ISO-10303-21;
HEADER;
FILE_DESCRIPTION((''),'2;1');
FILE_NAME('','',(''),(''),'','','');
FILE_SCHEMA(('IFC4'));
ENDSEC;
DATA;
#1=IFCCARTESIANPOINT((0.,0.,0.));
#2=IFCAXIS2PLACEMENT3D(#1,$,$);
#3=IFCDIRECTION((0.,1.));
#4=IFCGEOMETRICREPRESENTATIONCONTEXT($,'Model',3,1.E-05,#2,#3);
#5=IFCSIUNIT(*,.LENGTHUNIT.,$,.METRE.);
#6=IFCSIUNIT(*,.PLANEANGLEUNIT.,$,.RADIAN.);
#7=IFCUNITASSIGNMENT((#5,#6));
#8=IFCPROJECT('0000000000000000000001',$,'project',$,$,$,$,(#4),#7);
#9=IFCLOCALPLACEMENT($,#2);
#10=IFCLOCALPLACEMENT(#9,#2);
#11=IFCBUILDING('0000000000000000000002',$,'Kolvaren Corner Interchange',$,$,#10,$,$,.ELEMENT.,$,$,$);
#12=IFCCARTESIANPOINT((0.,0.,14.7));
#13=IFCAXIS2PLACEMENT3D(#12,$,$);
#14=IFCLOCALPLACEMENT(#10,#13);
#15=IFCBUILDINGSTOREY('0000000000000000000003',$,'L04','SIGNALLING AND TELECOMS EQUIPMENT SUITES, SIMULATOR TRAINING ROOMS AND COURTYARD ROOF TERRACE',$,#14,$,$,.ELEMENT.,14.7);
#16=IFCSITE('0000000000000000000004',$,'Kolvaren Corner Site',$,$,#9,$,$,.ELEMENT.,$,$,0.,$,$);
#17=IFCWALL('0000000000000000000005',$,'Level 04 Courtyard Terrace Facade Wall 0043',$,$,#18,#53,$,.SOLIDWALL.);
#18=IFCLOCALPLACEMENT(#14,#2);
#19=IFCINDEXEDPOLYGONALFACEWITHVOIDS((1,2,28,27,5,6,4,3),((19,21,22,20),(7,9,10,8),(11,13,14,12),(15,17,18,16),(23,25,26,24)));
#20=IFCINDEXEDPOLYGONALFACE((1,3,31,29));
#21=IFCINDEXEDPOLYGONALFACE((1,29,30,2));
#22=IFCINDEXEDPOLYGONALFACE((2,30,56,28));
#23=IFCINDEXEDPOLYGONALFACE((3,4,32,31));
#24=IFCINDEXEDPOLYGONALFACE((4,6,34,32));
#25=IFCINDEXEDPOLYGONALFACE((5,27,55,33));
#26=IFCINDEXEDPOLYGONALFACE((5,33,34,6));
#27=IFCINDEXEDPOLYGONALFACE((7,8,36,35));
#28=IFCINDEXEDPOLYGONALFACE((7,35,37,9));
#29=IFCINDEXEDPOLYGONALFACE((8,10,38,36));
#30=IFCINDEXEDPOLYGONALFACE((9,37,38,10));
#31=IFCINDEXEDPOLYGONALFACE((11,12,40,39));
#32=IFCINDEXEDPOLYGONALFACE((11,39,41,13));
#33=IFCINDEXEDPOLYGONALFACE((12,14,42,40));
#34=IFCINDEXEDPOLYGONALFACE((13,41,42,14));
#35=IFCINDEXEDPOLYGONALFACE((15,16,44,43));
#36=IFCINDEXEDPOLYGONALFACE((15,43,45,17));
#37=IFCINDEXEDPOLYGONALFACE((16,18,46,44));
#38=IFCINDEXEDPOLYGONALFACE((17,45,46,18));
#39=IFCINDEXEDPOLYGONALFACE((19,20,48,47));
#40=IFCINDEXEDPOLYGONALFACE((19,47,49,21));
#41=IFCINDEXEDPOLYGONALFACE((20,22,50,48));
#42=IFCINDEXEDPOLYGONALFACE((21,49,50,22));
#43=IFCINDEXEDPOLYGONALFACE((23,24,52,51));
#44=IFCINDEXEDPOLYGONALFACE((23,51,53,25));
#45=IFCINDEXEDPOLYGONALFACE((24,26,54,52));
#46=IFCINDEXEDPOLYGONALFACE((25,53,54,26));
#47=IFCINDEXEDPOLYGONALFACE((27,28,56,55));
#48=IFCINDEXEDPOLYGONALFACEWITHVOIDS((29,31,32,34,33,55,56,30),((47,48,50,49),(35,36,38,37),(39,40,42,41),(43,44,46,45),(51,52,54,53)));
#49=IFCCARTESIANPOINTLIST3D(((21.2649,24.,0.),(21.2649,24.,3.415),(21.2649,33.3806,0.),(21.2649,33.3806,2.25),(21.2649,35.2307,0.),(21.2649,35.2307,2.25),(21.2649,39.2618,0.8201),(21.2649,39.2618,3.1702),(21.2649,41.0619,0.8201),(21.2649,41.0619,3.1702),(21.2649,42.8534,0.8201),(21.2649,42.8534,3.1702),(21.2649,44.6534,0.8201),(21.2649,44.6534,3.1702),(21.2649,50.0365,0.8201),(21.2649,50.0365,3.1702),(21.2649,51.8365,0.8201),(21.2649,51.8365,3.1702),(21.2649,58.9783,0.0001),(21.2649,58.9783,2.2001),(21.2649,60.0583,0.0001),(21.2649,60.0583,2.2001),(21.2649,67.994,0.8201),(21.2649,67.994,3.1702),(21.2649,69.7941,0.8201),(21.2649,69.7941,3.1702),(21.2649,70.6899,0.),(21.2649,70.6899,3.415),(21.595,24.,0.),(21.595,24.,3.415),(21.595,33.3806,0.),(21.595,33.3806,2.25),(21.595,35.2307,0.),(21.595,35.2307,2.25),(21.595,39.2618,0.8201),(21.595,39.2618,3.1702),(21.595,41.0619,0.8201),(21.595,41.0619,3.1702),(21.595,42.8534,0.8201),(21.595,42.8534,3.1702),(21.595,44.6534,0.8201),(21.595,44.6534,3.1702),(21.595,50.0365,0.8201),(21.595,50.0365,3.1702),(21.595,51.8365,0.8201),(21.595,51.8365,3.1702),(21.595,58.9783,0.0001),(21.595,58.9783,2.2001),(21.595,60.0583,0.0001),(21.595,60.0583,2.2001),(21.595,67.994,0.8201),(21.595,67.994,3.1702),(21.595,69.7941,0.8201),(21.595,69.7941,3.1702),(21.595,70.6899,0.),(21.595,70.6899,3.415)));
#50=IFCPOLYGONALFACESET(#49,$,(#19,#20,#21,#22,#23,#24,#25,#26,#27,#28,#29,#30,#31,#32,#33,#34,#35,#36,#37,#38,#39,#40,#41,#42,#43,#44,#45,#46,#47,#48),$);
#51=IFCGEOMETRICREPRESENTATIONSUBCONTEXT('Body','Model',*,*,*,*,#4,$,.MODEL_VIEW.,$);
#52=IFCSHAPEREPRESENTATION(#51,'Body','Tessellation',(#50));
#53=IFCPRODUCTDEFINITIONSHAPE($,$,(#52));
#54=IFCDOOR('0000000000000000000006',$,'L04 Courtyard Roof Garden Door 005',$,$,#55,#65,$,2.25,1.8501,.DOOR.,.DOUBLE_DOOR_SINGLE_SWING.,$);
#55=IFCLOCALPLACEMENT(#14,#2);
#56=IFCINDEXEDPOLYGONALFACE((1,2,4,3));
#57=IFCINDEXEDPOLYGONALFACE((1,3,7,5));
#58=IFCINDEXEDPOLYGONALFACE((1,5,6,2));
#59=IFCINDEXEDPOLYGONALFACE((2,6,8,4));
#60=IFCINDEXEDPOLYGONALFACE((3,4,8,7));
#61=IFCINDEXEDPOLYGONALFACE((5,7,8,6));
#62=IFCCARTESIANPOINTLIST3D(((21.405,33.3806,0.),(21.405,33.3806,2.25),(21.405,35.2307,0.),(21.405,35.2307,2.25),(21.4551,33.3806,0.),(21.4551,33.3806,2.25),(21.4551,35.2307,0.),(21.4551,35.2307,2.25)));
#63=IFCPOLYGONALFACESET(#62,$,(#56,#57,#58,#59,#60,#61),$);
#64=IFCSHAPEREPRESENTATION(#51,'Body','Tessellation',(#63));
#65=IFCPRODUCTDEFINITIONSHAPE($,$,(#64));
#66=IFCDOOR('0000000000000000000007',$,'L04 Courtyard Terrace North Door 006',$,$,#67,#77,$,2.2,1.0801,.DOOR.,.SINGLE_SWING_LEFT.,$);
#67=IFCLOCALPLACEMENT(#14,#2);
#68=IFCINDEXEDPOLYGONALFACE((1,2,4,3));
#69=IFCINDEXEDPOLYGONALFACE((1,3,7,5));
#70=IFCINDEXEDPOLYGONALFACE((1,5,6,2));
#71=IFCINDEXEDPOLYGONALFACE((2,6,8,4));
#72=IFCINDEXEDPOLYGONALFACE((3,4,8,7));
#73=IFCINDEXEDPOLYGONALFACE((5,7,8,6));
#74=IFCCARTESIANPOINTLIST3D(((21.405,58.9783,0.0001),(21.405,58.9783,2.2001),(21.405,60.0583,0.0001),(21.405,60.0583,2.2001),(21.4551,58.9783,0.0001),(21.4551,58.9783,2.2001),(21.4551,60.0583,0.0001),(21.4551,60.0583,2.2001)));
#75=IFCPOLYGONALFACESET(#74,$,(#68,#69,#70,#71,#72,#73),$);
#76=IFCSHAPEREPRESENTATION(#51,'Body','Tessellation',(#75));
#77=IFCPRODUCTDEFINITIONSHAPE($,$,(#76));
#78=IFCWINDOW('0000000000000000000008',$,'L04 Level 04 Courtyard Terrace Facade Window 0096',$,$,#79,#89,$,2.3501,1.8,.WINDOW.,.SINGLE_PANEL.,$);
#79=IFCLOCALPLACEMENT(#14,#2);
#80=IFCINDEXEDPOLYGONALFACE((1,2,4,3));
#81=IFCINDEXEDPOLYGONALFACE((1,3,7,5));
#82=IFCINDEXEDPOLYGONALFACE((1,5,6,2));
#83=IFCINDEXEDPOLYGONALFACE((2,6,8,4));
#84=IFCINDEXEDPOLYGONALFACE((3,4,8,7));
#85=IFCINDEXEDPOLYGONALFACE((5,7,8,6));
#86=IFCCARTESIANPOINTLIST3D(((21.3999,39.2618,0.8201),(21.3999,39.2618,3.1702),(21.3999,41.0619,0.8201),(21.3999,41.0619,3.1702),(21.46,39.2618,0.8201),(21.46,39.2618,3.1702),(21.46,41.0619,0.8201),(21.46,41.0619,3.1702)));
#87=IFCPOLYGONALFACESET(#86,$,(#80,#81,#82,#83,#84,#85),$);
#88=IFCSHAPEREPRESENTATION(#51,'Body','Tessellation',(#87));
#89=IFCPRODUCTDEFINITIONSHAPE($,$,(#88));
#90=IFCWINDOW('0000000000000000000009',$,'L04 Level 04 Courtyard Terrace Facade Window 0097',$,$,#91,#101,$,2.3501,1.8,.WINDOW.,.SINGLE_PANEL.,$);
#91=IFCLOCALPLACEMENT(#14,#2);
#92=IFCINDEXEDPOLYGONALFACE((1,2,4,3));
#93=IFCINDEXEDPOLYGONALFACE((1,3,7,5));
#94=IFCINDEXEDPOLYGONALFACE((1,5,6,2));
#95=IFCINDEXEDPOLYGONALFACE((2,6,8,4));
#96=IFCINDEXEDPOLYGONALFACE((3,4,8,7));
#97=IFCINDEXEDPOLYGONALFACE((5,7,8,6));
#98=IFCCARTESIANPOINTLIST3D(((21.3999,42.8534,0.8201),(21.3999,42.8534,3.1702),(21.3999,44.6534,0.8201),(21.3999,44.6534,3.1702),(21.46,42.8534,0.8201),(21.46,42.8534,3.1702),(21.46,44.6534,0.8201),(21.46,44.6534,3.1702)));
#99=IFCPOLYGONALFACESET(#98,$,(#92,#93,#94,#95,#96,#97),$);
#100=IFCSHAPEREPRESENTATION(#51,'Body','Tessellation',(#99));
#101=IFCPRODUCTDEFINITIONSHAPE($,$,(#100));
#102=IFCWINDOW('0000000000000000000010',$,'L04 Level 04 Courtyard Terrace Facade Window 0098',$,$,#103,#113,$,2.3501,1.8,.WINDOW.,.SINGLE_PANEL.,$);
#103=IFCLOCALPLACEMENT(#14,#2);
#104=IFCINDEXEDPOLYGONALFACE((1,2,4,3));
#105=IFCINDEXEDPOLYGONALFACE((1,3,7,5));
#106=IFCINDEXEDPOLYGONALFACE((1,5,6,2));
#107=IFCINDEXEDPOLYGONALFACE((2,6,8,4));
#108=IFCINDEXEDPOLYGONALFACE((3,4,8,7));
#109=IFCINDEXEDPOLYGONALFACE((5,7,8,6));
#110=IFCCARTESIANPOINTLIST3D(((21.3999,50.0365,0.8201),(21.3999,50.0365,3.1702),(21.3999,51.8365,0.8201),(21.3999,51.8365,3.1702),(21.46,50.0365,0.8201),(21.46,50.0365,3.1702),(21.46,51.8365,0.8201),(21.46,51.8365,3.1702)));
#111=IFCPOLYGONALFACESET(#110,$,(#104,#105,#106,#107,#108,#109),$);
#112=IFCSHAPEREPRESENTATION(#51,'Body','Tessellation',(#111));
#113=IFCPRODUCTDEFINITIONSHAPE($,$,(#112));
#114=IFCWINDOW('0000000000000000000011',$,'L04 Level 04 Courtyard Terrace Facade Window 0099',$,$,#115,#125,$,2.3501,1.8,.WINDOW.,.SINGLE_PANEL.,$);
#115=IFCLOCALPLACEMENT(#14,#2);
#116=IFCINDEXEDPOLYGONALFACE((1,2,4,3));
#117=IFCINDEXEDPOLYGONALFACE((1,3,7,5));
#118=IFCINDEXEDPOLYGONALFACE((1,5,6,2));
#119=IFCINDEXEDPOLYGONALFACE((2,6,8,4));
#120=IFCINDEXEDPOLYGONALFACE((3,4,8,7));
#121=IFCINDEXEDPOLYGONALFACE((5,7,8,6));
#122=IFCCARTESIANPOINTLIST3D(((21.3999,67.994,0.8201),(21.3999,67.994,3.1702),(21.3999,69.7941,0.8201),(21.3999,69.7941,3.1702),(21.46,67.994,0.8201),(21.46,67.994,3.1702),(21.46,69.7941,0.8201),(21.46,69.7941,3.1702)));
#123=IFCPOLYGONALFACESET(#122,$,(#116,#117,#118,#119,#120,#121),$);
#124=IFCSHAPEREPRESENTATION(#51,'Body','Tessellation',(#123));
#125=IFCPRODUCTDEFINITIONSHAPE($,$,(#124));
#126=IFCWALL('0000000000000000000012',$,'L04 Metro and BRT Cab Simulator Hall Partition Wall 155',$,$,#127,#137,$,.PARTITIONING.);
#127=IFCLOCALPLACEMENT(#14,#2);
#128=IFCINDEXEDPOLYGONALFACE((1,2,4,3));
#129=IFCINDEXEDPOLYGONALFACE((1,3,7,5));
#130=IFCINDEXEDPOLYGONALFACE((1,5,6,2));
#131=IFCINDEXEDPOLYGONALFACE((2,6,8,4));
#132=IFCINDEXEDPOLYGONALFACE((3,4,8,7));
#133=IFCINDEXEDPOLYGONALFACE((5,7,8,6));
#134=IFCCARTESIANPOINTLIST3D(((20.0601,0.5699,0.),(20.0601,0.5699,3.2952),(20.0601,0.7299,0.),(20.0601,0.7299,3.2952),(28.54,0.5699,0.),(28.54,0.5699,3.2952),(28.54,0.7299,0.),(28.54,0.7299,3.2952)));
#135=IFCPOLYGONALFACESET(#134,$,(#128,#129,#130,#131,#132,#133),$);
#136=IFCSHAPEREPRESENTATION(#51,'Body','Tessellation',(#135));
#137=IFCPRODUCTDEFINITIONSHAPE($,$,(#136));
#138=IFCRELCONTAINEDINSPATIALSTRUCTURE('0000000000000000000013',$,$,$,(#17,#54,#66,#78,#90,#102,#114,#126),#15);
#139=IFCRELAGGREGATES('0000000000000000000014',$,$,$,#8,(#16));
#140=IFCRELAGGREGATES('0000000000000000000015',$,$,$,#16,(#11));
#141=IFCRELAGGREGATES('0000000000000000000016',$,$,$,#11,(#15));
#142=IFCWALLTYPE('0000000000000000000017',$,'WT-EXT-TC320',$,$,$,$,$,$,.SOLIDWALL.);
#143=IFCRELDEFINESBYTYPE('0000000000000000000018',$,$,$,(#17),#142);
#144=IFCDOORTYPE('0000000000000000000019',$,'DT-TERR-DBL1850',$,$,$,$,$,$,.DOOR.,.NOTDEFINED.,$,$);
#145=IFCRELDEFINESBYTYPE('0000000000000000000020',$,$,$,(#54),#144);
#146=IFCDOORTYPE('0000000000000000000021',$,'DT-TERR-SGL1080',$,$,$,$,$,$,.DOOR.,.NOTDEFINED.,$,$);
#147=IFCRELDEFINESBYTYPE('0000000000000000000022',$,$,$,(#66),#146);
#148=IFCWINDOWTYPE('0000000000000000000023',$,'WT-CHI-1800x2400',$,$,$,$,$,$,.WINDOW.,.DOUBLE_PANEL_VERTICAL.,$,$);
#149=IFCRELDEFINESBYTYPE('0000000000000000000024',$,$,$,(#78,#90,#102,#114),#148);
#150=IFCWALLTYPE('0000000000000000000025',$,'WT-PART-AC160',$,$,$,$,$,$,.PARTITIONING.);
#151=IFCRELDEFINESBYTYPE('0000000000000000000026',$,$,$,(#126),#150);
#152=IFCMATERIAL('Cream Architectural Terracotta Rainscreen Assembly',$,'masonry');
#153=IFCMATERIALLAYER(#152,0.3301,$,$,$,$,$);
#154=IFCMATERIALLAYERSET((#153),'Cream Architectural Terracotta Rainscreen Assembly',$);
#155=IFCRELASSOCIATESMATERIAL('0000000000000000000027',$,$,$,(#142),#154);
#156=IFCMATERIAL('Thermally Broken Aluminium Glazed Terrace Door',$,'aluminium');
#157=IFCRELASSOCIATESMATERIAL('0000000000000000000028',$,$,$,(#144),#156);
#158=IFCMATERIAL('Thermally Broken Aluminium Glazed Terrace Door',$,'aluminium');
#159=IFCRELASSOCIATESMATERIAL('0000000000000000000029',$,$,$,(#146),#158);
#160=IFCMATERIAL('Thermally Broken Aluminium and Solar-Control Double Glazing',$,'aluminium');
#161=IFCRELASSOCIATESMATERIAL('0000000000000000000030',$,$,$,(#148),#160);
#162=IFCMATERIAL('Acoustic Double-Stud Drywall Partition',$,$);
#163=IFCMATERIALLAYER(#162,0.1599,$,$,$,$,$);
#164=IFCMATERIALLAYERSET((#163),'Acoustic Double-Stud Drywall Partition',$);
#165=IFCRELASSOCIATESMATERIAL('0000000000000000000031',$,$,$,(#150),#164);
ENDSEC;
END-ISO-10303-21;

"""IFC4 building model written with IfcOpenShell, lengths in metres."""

from ifc_helpers import new_model, si_unit, direction, frame, frame_2d, origin, place, context, subcontext, project, spatial, rectangle, extrude, material, layer, layer_set, type_object, element, fill, save


model = new_model("IFC4")

# Units and contexts
model_context = context("Model", 3, precision=1e-05, world=origin(), true_north=direction((0.0, 1.0)))
body_context = subcontext(model_context, "Body", "Model", "MODEL_VIEW")
ifc_project = project(units=[si_unit("LENGTHUNIT", "METRE"), si_unit("PLANEANGLEUNIT", "RADIAN")], contexts=[model_context])

# Site, building, storey
site_placement = place(None, origin())
site = spatial("IfcSite", under=ifc_project, at=site_placement, Name="Kolvaren Corner Site", CompositionType="ELEMENT", RefElevation=0.0)
building_placement = place(site_placement, origin())
building = spatial("IfcBuilding", under=site, at=building_placement, Name="Kolvaren Corner Interchange", CompositionType="ELEMENT")
storey_placement = place(building_placement, frame((0.0, 0.0, 14.7)))
storey = spatial("IfcBuildingStorey", under=building, at=storey_placement, Name="L04", Description="SIGNALLING AND TELECOMS EQUIPMENT SUITES, SIMULATOR TRAINING ROOMS AND COURTYARD ROOF TERRACE", CompositionType="ELEMENT", Elevation=14.7)

# Wall, openings, doors, windows
ifc_material_1 = material(Name="Cream Architectural Terracotta Rainscreen Assembly", Category="masonry")
ifc_layer_1 = layer(ifc_material_1, 0.3301)
ifc_layer_set_1 = layer_set([ifc_layer_1], Name="Cream Architectural Terracotta Rainscreen Assembly")
wall_type_1 = type_object("IfcWallType", Name="WT-EXT-TC320", PredefinedType="SOLIDWALL", material=ifc_layer_set_1)
wall_1_placement = place(storey_placement, frame((21.4299, 24.0, 0.0), z_axis=(0.0, 0.0, 1.0), x_axis=(0.0, 1.0, 0.0)))
wall_1 = element("IfcWall", 1, at=wall_1_placement, inside=storey, type_object=wall_type_1, Name="Level 04 Courtyard Terrace Facade Wall 0043", PredefinedType="SOLIDWALL", context=body_context, shape_type="SweptSolid", body=[
    extrude(rectangle(XDim=46.6899, YDim=0.3301, at=frame_2d((23.345, 0.0))), origin(), (0.0, 0.0, 1.0), 3.415),
])
opening_1_placement = place(wall_1_placement, frame((9.3806, 0.0, 0.0)))
opening_1 = element("IfcOpeningElement", 2, at=opening_1_placement, cuts=wall_1, PredefinedType="OPENING", context=body_context, shape_type="SweptSolid", body=[
    extrude(rectangle(XDim=1.8501, YDim=2.25, at=frame_2d((0.925, 1.125))), frame((0.0, 0.175, 0.0), z_axis=(0.0, -1.0, 0.0), x_axis=(1.0, 0.0, 0.0)), (0.0, 0.0, 1.0), 0.3501),
])
opening_2_placement = place(wall_1_placement, frame((34.9783, 0.0, 0.0)))
opening_2 = element("IfcOpeningElement", 3, at=opening_2_placement, cuts=wall_1, PredefinedType="OPENING", context=body_context, shape_type="SweptSolid", body=[
    extrude(rectangle(XDim=1.0801, YDim=2.2, at=frame_2d((0.54, 1.1001))), frame((0.0, 0.175, 0.0), z_axis=(0.0, -1.0, 0.0), x_axis=(1.0, 0.0, 0.0)), (0.0, 0.0, 1.0), 0.3501),
])
opening_3_placement = place(wall_1_placement, frame((15.262, 0.0, 0.8201)))
opening_3 = element("IfcOpeningElement", 4, at=opening_3_placement, cuts=wall_1, PredefinedType="OPENING", context=body_context, shape_type="SweptSolid", body=[
    extrude(rectangle(XDim=1.8, YDim=2.3501, at=frame_2d((0.8999, 1.175))), frame((0.0, 0.175, 0.0), z_axis=(0.0, -1.0, 0.0), x_axis=(1.0, 0.0, 0.0)), (0.0, 0.0, 1.0), 0.3501),
])
opening_4_placement = place(wall_1_placement, frame((18.8535, 0.0, 0.8201)))
opening_4 = element("IfcOpeningElement", 5, at=opening_4_placement, cuts=wall_1, PredefinedType="OPENING", context=body_context, shape_type="SweptSolid", body=[
    extrude(rectangle(XDim=1.8, YDim=2.3501, at=frame_2d((0.8999, 1.175))), frame((0.0, 0.175, 0.0), z_axis=(0.0, -1.0, 0.0), x_axis=(1.0, 0.0, 0.0)), (0.0, 0.0, 1.0), 0.3501),
])
opening_5_placement = place(wall_1_placement, frame((26.0366, 0.0, 0.8201)))
opening_5 = element("IfcOpeningElement", 6, at=opening_5_placement, cuts=wall_1, PredefinedType="OPENING", context=body_context, shape_type="SweptSolid", body=[
    extrude(rectangle(XDim=1.8, YDim=2.3501, at=frame_2d((0.8999, 1.175))), frame((0.0, 0.175, 0.0), z_axis=(0.0, -1.0, 0.0), x_axis=(1.0, 0.0, 0.0)), (0.0, 0.0, 1.0), 0.3501),
])
opening_6_placement = place(wall_1_placement, frame((43.9941, 0.0, 0.8201)))
opening_6 = element("IfcOpeningElement", 7, at=opening_6_placement, cuts=wall_1, PredefinedType="OPENING", context=body_context, shape_type="SweptSolid", body=[
    extrude(rectangle(XDim=1.8, YDim=2.3501, at=frame_2d((0.8999, 1.175))), frame((0.0, 0.175, 0.0), z_axis=(0.0, -1.0, 0.0), x_axis=(1.0, 0.0, 0.0)), (0.0, 0.0, 1.0), 0.3501),
])
ifc_material_2 = material(Name="Thermally Broken Aluminium Glazed Terrace Door", Category="aluminium")
door_type_1 = type_object("IfcDoorType", Name="DT-TERR-DBL1850", OperationType="NOTDEFINED", PredefinedType="DOOR", material=ifc_material_2)
door_1_placement = place(opening_1_placement, origin())
door_1 = element("IfcDoor", 8, at=door_1_placement, inside=storey, type_object=door_type_1, Name="L04 Courtyard Roof Garden Door 005", OperationType="DOUBLE_DOOR_SINGLE_SWING", OverallHeight=2.25, OverallWidth=1.8501, PredefinedType="DOOR", context=body_context, shape_type="SweptSolid", body=[
    extrude(rectangle(XDim=1.8501, YDim=2.25, at=frame_2d((0.925, 1.125))), frame((0.0, 0.0249, 0.0), z_axis=(0.0, -1.0, 0.0), x_axis=(1.0, 0.0, 0.0)), (0.0, 0.0, 1.0), 0.05),
])
fill(opening_1, door_1)
ifc_material_3 = material(Name="Thermally Broken Aluminium Glazed Terrace Door", Category="aluminium")
door_type_2 = type_object("IfcDoorType", Name="DT-TERR-SGL1080", OperationType="NOTDEFINED", PredefinedType="DOOR", material=ifc_material_3)
door_2_placement = place(opening_2_placement, origin())
door_2 = element("IfcDoor", 9, at=door_2_placement, inside=storey, type_object=door_type_2, Name="L04 Courtyard Terrace North Door 006", OperationType="SINGLE_SWING_LEFT", OverallHeight=2.2, OverallWidth=1.0801, PredefinedType="DOOR", context=body_context, shape_type="SweptSolid", body=[
    extrude(rectangle(XDim=1.0801, YDim=2.2, at=frame_2d((0.54, 1.1001))), frame((0.0, 0.0249, 0.0), z_axis=(0.0, -1.0, 0.0), x_axis=(1.0, 0.0, 0.0)), (0.0, 0.0, 1.0), 0.05),
])
fill(opening_2, door_2)
ifc_material_4 = material(Name="Thermally Broken Aluminium and Solar-Control Double Glazing", Category="aluminium")
window_type = type_object("IfcWindowType", Name="WT-CHI-1800x2400", PartitioningType="DOUBLE_PANEL_VERTICAL", PredefinedType="WINDOW", material=ifc_material_4)
window_1_placement = place(opening_3_placement, origin())
window_1 = element("IfcWindow", 10, at=window_1_placement, inside=storey, type_object=window_type, Name="L04 Level 04 Courtyard Terrace Facade Window 0096", OverallHeight=2.3501, OverallWidth=1.8, PartitioningType="SINGLE_PANEL", PredefinedType="WINDOW", context=body_context, shape_type="SweptSolid", body=[
    extrude(rectangle(XDim=1.8, YDim=2.3501, at=frame_2d((0.8999, 1.175))), frame((0.0, 0.03, 0.0), z_axis=(0.0, -1.0, 0.0), x_axis=(1.0, 0.0, 0.0)), (0.0, 0.0, 1.0), 0.0601),
])
fill(opening_3, window_1)
window_2_placement = place(opening_4_placement, origin())
window_2 = element("IfcWindow", 11, at=window_2_placement, inside=storey, type_object=window_type, Name="L04 Level 04 Courtyard Terrace Facade Window 0097", OverallHeight=2.3501, OverallWidth=1.8, PartitioningType="SINGLE_PANEL", PredefinedType="WINDOW", context=body_context, shape_type="SweptSolid", body=[
    extrude(rectangle(XDim=1.8, YDim=2.3501, at=frame_2d((0.8999, 1.175))), frame((0.0, 0.03, 0.0), z_axis=(0.0, -1.0, 0.0), x_axis=(1.0, 0.0, 0.0)), (0.0, 0.0, 1.0), 0.0601),
])
fill(opening_4, window_2)
window_3_placement = place(opening_5_placement, origin())
window_3 = element("IfcWindow", 12, at=window_3_placement, inside=storey, type_object=window_type, Name="L04 Level 04 Courtyard Terrace Facade Window 0098", OverallHeight=2.3501, OverallWidth=1.8, PartitioningType="SINGLE_PANEL", PredefinedType="WINDOW", context=body_context, shape_type="SweptSolid", body=[
    extrude(rectangle(XDim=1.8, YDim=2.3501, at=frame_2d((0.8999, 1.175))), frame((0.0, 0.03, 0.0), z_axis=(0.0, -1.0, 0.0), x_axis=(1.0, 0.0, 0.0)), (0.0, 0.0, 1.0), 0.0601),
])
fill(opening_5, window_3)
window_4_placement = place(opening_6_placement, origin())
window_4 = element("IfcWindow", 13, at=window_4_placement, inside=storey, type_object=window_type, Name="L04 Level 04 Courtyard Terrace Facade Window 0099", OverallHeight=2.3501, OverallWidth=1.8, PartitioningType="SINGLE_PANEL", PredefinedType="WINDOW", context=body_context, shape_type="SweptSolid", body=[
    extrude(rectangle(XDim=1.8, YDim=2.3501, at=frame_2d((0.8999, 1.175))), frame((0.0, 0.03, 0.0), z_axis=(0.0, -1.0, 0.0), x_axis=(1.0, 0.0, 0.0)), (0.0, 0.0, 1.0), 0.0601),
])
fill(opening_6, window_4)

# Wall
ifc_material_5 = material(Name="Acoustic Double-Stud Drywall Partition")
ifc_layer_2 = layer(ifc_material_5, 0.1599)
ifc_layer_set_2 = layer_set([ifc_layer_2], Name="Acoustic Double-Stud Drywall Partition")
wall_type_2 = type_object("IfcWallType", Name="WT-PART-AC160", PredefinedType="PARTITIONING", material=ifc_layer_set_2)
wall_2_placement = place(storey_placement, frame((20.0601, 0.6499, 0.0), z_axis=(0.0, 0.0, 1.0), x_axis=(1.0, 0.0, 0.0)))
element("IfcWall", 14, at=wall_2_placement, inside=storey, type_object=wall_type_2, Name="L04 Metro and BRT Cab Simulator Hall Partition Wall 155", PredefinedType="PARTITIONING", context=body_context, shape_type="SweptSolid", body=[
    extrude(rectangle(XDim=8.48, YDim=0.1599, at=frame_2d((4.24, 0.0))), origin(), (0.0, 0.0, 1.0), 3.2952),
])

save(model, "model.ifc")
